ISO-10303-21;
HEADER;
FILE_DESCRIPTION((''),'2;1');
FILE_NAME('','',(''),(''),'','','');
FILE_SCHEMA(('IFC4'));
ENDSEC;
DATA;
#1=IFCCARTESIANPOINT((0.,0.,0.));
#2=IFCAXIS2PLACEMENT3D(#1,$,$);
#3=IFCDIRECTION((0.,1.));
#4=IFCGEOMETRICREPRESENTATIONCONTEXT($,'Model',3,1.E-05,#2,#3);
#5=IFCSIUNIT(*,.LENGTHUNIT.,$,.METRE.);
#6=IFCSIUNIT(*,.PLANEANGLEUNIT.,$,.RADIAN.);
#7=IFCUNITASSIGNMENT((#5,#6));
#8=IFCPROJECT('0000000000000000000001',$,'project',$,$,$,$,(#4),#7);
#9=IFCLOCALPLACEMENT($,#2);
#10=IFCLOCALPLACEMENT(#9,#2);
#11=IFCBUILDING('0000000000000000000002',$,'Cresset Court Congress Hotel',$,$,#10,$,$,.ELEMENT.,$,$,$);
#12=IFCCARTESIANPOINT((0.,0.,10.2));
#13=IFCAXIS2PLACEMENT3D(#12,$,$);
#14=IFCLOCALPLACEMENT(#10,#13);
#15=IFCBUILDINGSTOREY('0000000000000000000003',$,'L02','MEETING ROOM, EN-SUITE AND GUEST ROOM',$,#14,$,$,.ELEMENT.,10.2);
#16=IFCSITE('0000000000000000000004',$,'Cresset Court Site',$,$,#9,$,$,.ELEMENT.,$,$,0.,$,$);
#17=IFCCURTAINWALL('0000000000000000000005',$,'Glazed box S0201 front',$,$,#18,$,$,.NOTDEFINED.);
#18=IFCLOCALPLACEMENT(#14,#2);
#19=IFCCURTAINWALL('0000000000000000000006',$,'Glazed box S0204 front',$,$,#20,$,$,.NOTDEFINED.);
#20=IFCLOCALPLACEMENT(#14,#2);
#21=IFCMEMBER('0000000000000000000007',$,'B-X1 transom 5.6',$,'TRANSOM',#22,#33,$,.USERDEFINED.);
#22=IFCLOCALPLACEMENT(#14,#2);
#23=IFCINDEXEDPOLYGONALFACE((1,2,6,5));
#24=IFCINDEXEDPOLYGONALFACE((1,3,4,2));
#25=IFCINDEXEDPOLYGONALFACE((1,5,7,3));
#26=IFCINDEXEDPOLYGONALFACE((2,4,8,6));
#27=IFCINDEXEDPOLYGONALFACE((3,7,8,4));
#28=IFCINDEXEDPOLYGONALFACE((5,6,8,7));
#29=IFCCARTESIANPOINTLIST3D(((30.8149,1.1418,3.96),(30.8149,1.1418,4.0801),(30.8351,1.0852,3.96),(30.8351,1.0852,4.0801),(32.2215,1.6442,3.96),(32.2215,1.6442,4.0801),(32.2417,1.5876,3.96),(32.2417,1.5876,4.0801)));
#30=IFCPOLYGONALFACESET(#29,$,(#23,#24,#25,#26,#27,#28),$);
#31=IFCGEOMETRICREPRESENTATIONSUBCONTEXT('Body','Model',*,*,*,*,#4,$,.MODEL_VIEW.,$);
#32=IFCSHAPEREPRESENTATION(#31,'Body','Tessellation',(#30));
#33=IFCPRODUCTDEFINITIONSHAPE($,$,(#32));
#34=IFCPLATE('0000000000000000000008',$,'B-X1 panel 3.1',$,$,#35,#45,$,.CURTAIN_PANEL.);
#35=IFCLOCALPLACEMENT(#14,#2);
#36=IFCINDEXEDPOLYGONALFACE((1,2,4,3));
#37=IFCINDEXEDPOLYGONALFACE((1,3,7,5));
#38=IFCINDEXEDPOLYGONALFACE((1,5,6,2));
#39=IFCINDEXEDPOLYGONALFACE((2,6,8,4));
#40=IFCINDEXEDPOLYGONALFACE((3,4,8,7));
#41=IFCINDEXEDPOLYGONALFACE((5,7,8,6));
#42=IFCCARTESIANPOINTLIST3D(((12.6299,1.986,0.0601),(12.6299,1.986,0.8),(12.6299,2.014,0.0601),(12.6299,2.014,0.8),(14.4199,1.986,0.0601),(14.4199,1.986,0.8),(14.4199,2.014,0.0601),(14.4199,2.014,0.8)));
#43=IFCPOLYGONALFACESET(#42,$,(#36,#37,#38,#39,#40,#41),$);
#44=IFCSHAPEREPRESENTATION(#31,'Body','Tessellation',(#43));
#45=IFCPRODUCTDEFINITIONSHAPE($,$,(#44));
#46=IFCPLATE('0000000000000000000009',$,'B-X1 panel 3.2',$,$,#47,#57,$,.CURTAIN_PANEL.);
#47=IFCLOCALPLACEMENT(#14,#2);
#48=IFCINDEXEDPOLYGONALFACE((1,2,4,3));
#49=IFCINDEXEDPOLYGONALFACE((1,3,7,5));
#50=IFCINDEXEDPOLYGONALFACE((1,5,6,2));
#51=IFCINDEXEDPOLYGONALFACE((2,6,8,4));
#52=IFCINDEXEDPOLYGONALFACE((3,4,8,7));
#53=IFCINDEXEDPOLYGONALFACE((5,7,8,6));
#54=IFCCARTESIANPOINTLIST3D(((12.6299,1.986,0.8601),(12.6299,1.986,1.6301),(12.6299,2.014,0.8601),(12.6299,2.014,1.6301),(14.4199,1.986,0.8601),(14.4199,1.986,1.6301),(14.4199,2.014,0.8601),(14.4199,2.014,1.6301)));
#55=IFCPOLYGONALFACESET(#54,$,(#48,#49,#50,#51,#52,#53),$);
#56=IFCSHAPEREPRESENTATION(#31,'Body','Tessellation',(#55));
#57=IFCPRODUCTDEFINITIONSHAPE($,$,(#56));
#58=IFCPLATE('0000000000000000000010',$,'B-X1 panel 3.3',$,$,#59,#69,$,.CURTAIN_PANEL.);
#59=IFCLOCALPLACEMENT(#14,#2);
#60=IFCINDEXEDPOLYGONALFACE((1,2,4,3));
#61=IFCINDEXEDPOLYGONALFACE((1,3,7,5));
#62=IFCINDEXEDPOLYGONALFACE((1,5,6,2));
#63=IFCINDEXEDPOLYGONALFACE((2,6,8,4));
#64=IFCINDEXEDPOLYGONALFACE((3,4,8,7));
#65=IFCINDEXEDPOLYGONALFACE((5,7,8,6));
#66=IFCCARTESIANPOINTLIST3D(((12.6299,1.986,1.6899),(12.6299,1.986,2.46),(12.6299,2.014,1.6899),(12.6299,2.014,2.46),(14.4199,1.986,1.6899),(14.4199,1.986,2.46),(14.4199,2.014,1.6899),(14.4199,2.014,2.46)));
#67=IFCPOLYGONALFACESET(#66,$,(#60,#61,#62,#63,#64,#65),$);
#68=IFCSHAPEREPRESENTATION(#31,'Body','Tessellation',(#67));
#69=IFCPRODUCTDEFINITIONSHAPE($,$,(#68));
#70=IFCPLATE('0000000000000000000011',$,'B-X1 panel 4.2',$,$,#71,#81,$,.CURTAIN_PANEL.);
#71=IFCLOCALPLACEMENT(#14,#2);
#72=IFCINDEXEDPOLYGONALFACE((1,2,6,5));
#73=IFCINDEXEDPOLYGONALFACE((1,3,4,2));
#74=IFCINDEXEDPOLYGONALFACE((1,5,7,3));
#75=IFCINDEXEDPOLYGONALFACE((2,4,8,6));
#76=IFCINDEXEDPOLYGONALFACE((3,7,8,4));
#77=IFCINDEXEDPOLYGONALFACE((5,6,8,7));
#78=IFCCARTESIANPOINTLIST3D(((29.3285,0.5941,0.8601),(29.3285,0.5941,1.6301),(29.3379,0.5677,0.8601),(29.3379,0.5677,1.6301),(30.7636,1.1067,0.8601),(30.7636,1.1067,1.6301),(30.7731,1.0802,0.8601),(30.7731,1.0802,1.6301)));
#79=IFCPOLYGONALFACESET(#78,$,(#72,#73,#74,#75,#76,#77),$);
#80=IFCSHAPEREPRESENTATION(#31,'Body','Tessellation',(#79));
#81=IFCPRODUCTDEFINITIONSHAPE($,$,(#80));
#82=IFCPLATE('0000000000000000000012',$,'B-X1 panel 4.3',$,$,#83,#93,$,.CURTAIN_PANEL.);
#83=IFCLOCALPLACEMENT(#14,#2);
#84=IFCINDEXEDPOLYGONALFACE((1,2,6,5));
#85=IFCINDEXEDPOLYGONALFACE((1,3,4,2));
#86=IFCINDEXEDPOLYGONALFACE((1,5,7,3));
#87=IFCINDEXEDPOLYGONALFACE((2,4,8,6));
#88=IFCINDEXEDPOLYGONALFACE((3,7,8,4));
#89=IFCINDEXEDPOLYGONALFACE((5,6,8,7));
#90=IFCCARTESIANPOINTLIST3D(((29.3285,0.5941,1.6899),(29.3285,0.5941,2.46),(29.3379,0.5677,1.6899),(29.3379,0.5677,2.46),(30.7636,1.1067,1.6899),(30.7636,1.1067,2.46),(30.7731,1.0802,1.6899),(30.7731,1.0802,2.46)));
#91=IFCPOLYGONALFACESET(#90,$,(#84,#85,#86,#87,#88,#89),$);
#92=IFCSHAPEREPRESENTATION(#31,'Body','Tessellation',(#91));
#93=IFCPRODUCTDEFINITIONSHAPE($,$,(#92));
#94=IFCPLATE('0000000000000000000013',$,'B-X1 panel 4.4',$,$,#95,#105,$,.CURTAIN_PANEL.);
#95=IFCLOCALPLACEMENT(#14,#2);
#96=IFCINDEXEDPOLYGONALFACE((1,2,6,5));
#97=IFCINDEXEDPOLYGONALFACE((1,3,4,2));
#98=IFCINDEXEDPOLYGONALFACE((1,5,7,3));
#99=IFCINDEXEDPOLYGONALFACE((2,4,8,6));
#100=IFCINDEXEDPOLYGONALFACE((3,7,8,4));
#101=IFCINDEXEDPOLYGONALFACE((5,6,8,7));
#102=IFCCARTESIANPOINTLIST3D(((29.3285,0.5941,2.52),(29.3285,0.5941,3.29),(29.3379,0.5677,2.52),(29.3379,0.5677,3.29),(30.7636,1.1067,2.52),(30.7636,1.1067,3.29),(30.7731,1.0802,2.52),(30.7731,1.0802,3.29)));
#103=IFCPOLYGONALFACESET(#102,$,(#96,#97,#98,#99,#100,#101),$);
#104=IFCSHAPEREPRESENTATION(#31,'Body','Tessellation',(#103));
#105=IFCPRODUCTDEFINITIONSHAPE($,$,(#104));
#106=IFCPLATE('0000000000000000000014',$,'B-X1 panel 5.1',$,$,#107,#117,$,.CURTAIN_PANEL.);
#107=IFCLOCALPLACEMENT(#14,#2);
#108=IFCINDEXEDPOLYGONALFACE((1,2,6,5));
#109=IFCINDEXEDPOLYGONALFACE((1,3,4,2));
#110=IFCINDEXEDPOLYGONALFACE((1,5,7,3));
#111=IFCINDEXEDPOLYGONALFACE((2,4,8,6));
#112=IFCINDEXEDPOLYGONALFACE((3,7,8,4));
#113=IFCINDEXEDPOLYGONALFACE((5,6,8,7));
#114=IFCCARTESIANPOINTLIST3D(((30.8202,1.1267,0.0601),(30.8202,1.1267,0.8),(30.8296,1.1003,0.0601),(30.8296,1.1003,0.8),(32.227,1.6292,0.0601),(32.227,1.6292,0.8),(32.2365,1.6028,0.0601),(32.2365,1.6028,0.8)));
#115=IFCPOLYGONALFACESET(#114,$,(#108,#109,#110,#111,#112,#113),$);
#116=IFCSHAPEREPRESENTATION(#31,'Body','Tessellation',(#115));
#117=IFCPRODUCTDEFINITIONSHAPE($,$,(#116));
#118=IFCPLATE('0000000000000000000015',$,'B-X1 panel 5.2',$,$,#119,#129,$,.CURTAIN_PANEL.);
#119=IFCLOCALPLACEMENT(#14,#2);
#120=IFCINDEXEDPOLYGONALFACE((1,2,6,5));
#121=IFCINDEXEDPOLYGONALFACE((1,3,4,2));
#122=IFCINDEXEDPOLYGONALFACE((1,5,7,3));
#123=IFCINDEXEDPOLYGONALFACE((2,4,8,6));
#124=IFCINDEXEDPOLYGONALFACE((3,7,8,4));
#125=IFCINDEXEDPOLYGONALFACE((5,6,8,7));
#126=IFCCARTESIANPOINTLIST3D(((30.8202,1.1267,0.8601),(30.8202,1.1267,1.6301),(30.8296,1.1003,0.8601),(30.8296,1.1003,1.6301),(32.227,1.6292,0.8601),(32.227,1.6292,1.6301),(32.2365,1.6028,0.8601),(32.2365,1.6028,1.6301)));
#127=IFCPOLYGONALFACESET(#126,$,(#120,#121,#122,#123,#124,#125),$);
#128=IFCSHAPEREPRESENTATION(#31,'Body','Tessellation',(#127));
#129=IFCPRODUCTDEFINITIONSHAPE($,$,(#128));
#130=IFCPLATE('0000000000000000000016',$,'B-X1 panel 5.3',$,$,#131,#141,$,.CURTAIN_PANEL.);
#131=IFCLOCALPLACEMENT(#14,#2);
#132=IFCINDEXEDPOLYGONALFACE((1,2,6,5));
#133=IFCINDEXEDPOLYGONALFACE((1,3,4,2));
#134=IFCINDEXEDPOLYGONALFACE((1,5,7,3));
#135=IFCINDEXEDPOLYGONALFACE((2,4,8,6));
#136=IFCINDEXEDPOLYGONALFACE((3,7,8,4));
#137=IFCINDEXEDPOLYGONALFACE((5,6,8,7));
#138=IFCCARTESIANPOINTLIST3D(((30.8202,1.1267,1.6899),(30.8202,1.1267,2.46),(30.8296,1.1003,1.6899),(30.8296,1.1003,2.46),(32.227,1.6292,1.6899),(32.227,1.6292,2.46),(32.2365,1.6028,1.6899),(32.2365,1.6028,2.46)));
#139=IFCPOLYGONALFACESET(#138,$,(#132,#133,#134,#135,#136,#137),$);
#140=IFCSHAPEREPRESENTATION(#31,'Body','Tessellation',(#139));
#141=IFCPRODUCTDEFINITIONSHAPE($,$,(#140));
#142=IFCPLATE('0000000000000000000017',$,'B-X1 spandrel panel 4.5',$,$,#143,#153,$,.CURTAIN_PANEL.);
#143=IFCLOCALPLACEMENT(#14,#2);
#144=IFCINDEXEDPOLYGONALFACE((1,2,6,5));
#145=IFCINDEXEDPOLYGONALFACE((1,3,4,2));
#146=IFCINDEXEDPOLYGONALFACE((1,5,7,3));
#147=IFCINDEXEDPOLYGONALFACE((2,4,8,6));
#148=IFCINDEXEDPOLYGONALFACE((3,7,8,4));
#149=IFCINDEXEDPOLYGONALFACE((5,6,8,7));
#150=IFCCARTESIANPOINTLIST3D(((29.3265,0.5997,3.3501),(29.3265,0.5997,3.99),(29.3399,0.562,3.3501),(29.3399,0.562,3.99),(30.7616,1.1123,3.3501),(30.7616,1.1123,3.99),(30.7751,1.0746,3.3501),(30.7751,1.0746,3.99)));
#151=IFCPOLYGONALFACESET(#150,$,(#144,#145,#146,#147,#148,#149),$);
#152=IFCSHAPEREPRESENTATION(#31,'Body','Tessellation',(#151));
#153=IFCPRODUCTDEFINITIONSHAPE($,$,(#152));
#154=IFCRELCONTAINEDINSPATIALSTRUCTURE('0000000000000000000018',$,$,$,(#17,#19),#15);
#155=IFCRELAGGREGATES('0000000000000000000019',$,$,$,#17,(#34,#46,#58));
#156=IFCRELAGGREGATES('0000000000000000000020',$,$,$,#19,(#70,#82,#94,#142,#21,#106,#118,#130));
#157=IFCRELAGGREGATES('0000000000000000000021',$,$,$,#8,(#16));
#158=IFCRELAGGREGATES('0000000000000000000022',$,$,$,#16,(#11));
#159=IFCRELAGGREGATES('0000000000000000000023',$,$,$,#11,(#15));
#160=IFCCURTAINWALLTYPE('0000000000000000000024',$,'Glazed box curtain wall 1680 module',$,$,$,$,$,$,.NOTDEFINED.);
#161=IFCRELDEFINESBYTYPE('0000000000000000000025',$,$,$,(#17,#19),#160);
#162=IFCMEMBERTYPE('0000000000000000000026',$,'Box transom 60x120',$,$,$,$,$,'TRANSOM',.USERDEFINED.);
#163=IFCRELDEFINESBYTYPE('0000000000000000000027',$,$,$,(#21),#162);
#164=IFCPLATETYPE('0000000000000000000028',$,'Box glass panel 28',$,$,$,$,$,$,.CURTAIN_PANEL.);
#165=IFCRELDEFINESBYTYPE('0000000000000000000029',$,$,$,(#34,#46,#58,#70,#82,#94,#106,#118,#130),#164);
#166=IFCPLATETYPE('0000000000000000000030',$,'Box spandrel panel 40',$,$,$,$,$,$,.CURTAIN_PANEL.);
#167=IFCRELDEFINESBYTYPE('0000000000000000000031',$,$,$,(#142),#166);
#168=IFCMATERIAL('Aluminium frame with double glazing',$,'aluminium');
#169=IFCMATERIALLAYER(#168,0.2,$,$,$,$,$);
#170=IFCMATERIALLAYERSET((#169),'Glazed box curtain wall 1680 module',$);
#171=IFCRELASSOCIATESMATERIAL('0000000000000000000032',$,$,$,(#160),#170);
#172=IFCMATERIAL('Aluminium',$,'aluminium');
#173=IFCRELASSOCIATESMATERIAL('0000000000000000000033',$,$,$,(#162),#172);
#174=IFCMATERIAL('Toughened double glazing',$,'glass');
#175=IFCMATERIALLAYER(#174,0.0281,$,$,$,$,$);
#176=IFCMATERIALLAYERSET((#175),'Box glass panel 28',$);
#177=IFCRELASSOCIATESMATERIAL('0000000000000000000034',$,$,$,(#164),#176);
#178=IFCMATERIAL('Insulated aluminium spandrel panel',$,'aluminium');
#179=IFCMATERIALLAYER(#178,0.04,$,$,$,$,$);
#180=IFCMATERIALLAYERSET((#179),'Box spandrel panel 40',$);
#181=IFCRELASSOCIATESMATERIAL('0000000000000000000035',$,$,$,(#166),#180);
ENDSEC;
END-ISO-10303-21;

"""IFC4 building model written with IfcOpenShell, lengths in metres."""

from ifc_helpers import new_model, si_unit, direction, frame, origin, origin_2d, place, context, subcontext, project, spatial, rectangle, extrude, material, layer, layer_set, material_profile, profile_set, type_object, element, aggregate, save


model = new_model("IFC4")

# Units and contexts
model_context = context("Model", 3, precision=1e-05, world=origin(), true_north=direction((0.0, 1.0)))
body_context = subcontext(model_context, "Body", "Model", "MODEL_VIEW")
ifc_project = project(units=[si_unit("LENGTHUNIT", "METRE"), si_unit("PLANEANGLEUNIT", "RADIAN")], contexts=[model_context])

# Site, building, storey
site_placement = place(None, origin())
site = spatial("IfcSite", under=ifc_project, at=site_placement, Name="Cresset Court Site", CompositionType="ELEMENT", RefElevation=0.0)
building_placement = place(site_placement, origin())
building = spatial("IfcBuilding", under=site, at=building_placement, Name="Cresset Court Congress Hotel", CompositionType="ELEMENT")
storey_placement = place(building_placement, frame((0.0, 0.0, 10.2)))
storey = spatial("IfcBuildingStorey", under=building, at=storey_placement, Name="L02", Description="MEETING ROOM, EN-SUITE AND GUEST ROOM", CompositionType="ELEMENT", Elevation=10.2)

# Curtain walls
ifc_material_1 = material(Name="Aluminium frame with double glazing", Category="aluminium")
ifc_layer_1 = layer(ifc_material_1, 0.2)
ifc_layer_set_1 = layer_set([ifc_layer_1], Name="Glazed box curtain wall 1680 module")
curtain_wall_type = type_object("IfcCurtainWallType", Name="Glazed box curtain wall 1680 module", PredefinedType="NOTDEFINED", material=ifc_layer_set_1)
curtain_wall_1_placement = place(storey_placement, origin())
curtain_wall_1 = element("IfcCurtainWall", 1, at=curtain_wall_1_placement, inside=storey, type_object=curtain_wall_type, Name="Glazed box S0201 front", PredefinedType="NOTDEFINED")
curtain_wall_2_placement = place(storey_placement, origin())
curtain_wall_2 = element("IfcCurtainWall", 2, at=curtain_wall_2_placement, inside=storey, type_object=curtain_wall_type, Name="Glazed box S0204 front", PredefinedType="NOTDEFINED")

# Member
ifc_material_2 = material(Name="Aluminium", Category="aluminium")
ifc_material_profile_1 = material_profile(ifc_material_2, rectangle(XDim=0.0601, YDim=0.1201, at=origin_2d()), Name="Box transom 60x120")
ifc_profile_set_1 = profile_set([ifc_material_profile_1], Name="Aluminium")
member_type_1 = type_object("IfcMemberType", Name="Box transom 60x120", ElementType="TRANSOM", PredefinedType="USERDEFINED", material=ifc_profile_set_1)
member_1_placement = place(storey_placement, frame((30.825, 1.1135, 4.02), z_axis=(0.941735, 0.336357, 0.0), x_axis=(-0.336357, 0.941735, 0.0)))
member_1 = element("IfcMember", 3, at=member_1_placement, type_object=member_type_1, Name="B-X1 transom 5.6", ObjectType="TRANSOM", PredefinedType="USERDEFINED", context=body_context, shape_type="SweptSolid", body=[
    extrude(rectangle(XDim=0.0601, YDim=0.1201, at=origin_2d()), origin(), (0.0, 0.0, 1.0), 1.4937),
])

# Plates
ifc_material_3 = material(Name="Toughened double glazing", Category="glass")
ifc_layer_2 = layer(ifc_material_3, 0.0281)
ifc_layer_set_2 = layer_set([ifc_layer_2], Name="Box glass panel 28")
plate_type_1 = type_object("IfcPlateType", Name="Box glass panel 28", PredefinedType="CURTAIN_PANEL", material=ifc_layer_set_2)
plate_1_placement = place(storey_placement, frame((13.5249, 2.0, 0.0601), z_axis=(0.0, 0.0, 1.0), x_axis=(1.0, 0.0, 0.0)))
plate_1 = element("IfcPlate", 4, at=plate_1_placement, type_object=plate_type_1, Name="B-X1 panel 3.1", PredefinedType="CURTAIN_PANEL", context=body_context, shape_type="SweptSolid", body=[
    extrude(rectangle(XDim=1.79, YDim=0.0281, at=origin_2d()), origin(), (0.0, 0.0, 1.0), 0.74),
])
plate_2_placement = place(storey_placement, frame((13.5249, 2.0, 0.8601), z_axis=(0.0, 0.0, 1.0), x_axis=(1.0, 0.0, 0.0)))
plate_2 = element("IfcPlate", 5, at=plate_2_placement, type_object=plate_type_1, Name="B-X1 panel 3.2", PredefinedType="CURTAIN_PANEL", context=body_context, shape_type="SweptSolid", body=[
    extrude(rectangle(XDim=1.79, YDim=0.0281, at=origin_2d()), origin(), (0.0, 0.0, 1.0), 0.77),
])
plate_3_placement = place(storey_placement, frame((13.5249, 2.0, 1.6899), z_axis=(0.0, 0.0, 1.0), x_axis=(1.0, 0.0, 0.0)))
plate_3 = element("IfcPlate", 6, at=plate_3_placement, type_object=plate_type_1, Name="B-X1 panel 3.3", PredefinedType="CURTAIN_PANEL", context=body_context, shape_type="SweptSolid", body=[
    extrude(rectangle(XDim=1.79, YDim=0.0281, at=origin_2d()), origin(), (0.0, 0.0, 1.0), 0.77),
])
aggregate(curtain_wall_1, [plate_1, plate_2, plate_3])
plate_4_placement = place(storey_placement, frame((30.0508, 0.8372, 0.8601), z_axis=(0.0, 0.0, 1.0), x_axis=(0.941742, 0.336336, 0.0)))
plate_4 = element("IfcPlate", 7, at=plate_4_placement, type_object=plate_type_1, Name="B-X1 panel 4.2", PredefinedType="CURTAIN_PANEL", context=body_context, shape_type="SweptSolid", body=[
    extrude(rectangle(XDim=1.5239, YDim=0.0281, at=origin_2d()), origin(), (0.0, 0.0, 1.0), 0.77),
])
plate_5_placement = place(storey_placement, frame((30.0508, 0.8372, 1.6899), z_axis=(0.0, 0.0, 1.0), x_axis=(0.941742, 0.336336, 0.0)))
plate_5 = element("IfcPlate", 8, at=plate_5_placement, type_object=plate_type_1, Name="B-X1 panel 4.3", PredefinedType="CURTAIN_PANEL", context=body_context, shape_type="SweptSolid", body=[
    extrude(rectangle(XDim=1.5239, YDim=0.0281, at=origin_2d()), origin(), (0.0, 0.0, 1.0), 0.77),
])
plate_6_placement = place(storey_placement, frame((30.0508, 0.8372, 2.52), z_axis=(0.0, 0.0, 1.0), x_axis=(0.941742, 0.336336, 0.0)))
plate_6 = element("IfcPlate", 9, at=plate_6_placement, type_object=plate_type_1, Name="B-X1 panel 4.4", PredefinedType="CURTAIN_PANEL", context=body_context, shape_type="SweptSolid", body=[
    extrude(rectangle(XDim=1.5239, YDim=0.0281, at=origin_2d()), origin(), (0.0, 0.0, 1.0), 0.77),
])
plate_7_placement = place(storey_placement, frame((31.5283, 1.3647, 0.0601), z_axis=(0.0, 0.0, 1.0), x_axis=(0.941742, 0.336336, 0.0)))
plate_7 = element("IfcPlate", 10, at=plate_7_placement, type_object=plate_type_1, Name="B-X1 panel 5.1", PredefinedType="CURTAIN_PANEL", context=body_context, shape_type="SweptSolid", body=[
    extrude(rectangle(XDim=1.4939, YDim=0.0281, at=origin_2d()), origin(), (0.0, 0.0, 1.0), 0.74),
])
plate_8_placement = place(storey_placement, frame((31.5283, 1.3647, 0.8601), z_axis=(0.0, 0.0, 1.0), x_axis=(0.941742, 0.336336, 0.0)))
plate_8 = element("IfcPlate", 11, at=plate_8_placement, type_object=plate_type_1, Name="B-X1 panel 5.2", PredefinedType="CURTAIN_PANEL", context=body_context, shape_type="SweptSolid", body=[
    extrude(rectangle(XDim=1.4939, YDim=0.0281, at=origin_2d()), origin(), (0.0, 0.0, 1.0), 0.77),
])
plate_9_placement = place(storey_placement, frame((31.5283, 1.3647, 1.6899), z_axis=(0.0, 0.0, 1.0), x_axis=(0.941742, 0.336336, 0.0)))
plate_9 = element("IfcPlate", 12, at=plate_9_placement, type_object=plate_type_1, Name="B-X1 panel 5.3", PredefinedType="CURTAIN_PANEL", context=body_context, shape_type="SweptSolid", body=[
    extrude(rectangle(XDim=1.4939, YDim=0.0281, at=origin_2d()), origin(), (0.0, 0.0, 1.0), 0.77),
])
ifc_material_4 = material(Name="Insulated aluminium spandrel panel", Category="aluminium")
ifc_layer_3 = layer(ifc_material_4, 0.04)
ifc_layer_set_3 = layer_set([ifc_layer_3], Name="Box spandrel panel 40")
plate_type_2 = type_object("IfcPlateType", Name="Box spandrel panel 40", PredefinedType="CURTAIN_PANEL", material=ifc_layer_set_3)
plate_10_placement = place(storey_placement, frame((30.0508, 0.8372, 3.3501), z_axis=(0.0, 0.0, 1.0), x_axis=(0.941742, 0.336336, 0.0)))
plate_10 = element("IfcPlate", 13, at=plate_10_placement, type_object=plate_type_2, Name="B-X1 spandrel panel 4.5", PredefinedType="CURTAIN_PANEL", context=body_context, shape_type="SweptSolid", body=[
    extrude(rectangle(XDim=1.5239, YDim=0.04, at=origin_2d()), origin(), (0.0, 0.0, 1.0), 0.6399),
])
aggregate(curtain_wall_2, [plate_4, plate_5, plate_6, plate_10, member_1, plate_7, plate_8, plate_9])

save(model, "model.ifc")
